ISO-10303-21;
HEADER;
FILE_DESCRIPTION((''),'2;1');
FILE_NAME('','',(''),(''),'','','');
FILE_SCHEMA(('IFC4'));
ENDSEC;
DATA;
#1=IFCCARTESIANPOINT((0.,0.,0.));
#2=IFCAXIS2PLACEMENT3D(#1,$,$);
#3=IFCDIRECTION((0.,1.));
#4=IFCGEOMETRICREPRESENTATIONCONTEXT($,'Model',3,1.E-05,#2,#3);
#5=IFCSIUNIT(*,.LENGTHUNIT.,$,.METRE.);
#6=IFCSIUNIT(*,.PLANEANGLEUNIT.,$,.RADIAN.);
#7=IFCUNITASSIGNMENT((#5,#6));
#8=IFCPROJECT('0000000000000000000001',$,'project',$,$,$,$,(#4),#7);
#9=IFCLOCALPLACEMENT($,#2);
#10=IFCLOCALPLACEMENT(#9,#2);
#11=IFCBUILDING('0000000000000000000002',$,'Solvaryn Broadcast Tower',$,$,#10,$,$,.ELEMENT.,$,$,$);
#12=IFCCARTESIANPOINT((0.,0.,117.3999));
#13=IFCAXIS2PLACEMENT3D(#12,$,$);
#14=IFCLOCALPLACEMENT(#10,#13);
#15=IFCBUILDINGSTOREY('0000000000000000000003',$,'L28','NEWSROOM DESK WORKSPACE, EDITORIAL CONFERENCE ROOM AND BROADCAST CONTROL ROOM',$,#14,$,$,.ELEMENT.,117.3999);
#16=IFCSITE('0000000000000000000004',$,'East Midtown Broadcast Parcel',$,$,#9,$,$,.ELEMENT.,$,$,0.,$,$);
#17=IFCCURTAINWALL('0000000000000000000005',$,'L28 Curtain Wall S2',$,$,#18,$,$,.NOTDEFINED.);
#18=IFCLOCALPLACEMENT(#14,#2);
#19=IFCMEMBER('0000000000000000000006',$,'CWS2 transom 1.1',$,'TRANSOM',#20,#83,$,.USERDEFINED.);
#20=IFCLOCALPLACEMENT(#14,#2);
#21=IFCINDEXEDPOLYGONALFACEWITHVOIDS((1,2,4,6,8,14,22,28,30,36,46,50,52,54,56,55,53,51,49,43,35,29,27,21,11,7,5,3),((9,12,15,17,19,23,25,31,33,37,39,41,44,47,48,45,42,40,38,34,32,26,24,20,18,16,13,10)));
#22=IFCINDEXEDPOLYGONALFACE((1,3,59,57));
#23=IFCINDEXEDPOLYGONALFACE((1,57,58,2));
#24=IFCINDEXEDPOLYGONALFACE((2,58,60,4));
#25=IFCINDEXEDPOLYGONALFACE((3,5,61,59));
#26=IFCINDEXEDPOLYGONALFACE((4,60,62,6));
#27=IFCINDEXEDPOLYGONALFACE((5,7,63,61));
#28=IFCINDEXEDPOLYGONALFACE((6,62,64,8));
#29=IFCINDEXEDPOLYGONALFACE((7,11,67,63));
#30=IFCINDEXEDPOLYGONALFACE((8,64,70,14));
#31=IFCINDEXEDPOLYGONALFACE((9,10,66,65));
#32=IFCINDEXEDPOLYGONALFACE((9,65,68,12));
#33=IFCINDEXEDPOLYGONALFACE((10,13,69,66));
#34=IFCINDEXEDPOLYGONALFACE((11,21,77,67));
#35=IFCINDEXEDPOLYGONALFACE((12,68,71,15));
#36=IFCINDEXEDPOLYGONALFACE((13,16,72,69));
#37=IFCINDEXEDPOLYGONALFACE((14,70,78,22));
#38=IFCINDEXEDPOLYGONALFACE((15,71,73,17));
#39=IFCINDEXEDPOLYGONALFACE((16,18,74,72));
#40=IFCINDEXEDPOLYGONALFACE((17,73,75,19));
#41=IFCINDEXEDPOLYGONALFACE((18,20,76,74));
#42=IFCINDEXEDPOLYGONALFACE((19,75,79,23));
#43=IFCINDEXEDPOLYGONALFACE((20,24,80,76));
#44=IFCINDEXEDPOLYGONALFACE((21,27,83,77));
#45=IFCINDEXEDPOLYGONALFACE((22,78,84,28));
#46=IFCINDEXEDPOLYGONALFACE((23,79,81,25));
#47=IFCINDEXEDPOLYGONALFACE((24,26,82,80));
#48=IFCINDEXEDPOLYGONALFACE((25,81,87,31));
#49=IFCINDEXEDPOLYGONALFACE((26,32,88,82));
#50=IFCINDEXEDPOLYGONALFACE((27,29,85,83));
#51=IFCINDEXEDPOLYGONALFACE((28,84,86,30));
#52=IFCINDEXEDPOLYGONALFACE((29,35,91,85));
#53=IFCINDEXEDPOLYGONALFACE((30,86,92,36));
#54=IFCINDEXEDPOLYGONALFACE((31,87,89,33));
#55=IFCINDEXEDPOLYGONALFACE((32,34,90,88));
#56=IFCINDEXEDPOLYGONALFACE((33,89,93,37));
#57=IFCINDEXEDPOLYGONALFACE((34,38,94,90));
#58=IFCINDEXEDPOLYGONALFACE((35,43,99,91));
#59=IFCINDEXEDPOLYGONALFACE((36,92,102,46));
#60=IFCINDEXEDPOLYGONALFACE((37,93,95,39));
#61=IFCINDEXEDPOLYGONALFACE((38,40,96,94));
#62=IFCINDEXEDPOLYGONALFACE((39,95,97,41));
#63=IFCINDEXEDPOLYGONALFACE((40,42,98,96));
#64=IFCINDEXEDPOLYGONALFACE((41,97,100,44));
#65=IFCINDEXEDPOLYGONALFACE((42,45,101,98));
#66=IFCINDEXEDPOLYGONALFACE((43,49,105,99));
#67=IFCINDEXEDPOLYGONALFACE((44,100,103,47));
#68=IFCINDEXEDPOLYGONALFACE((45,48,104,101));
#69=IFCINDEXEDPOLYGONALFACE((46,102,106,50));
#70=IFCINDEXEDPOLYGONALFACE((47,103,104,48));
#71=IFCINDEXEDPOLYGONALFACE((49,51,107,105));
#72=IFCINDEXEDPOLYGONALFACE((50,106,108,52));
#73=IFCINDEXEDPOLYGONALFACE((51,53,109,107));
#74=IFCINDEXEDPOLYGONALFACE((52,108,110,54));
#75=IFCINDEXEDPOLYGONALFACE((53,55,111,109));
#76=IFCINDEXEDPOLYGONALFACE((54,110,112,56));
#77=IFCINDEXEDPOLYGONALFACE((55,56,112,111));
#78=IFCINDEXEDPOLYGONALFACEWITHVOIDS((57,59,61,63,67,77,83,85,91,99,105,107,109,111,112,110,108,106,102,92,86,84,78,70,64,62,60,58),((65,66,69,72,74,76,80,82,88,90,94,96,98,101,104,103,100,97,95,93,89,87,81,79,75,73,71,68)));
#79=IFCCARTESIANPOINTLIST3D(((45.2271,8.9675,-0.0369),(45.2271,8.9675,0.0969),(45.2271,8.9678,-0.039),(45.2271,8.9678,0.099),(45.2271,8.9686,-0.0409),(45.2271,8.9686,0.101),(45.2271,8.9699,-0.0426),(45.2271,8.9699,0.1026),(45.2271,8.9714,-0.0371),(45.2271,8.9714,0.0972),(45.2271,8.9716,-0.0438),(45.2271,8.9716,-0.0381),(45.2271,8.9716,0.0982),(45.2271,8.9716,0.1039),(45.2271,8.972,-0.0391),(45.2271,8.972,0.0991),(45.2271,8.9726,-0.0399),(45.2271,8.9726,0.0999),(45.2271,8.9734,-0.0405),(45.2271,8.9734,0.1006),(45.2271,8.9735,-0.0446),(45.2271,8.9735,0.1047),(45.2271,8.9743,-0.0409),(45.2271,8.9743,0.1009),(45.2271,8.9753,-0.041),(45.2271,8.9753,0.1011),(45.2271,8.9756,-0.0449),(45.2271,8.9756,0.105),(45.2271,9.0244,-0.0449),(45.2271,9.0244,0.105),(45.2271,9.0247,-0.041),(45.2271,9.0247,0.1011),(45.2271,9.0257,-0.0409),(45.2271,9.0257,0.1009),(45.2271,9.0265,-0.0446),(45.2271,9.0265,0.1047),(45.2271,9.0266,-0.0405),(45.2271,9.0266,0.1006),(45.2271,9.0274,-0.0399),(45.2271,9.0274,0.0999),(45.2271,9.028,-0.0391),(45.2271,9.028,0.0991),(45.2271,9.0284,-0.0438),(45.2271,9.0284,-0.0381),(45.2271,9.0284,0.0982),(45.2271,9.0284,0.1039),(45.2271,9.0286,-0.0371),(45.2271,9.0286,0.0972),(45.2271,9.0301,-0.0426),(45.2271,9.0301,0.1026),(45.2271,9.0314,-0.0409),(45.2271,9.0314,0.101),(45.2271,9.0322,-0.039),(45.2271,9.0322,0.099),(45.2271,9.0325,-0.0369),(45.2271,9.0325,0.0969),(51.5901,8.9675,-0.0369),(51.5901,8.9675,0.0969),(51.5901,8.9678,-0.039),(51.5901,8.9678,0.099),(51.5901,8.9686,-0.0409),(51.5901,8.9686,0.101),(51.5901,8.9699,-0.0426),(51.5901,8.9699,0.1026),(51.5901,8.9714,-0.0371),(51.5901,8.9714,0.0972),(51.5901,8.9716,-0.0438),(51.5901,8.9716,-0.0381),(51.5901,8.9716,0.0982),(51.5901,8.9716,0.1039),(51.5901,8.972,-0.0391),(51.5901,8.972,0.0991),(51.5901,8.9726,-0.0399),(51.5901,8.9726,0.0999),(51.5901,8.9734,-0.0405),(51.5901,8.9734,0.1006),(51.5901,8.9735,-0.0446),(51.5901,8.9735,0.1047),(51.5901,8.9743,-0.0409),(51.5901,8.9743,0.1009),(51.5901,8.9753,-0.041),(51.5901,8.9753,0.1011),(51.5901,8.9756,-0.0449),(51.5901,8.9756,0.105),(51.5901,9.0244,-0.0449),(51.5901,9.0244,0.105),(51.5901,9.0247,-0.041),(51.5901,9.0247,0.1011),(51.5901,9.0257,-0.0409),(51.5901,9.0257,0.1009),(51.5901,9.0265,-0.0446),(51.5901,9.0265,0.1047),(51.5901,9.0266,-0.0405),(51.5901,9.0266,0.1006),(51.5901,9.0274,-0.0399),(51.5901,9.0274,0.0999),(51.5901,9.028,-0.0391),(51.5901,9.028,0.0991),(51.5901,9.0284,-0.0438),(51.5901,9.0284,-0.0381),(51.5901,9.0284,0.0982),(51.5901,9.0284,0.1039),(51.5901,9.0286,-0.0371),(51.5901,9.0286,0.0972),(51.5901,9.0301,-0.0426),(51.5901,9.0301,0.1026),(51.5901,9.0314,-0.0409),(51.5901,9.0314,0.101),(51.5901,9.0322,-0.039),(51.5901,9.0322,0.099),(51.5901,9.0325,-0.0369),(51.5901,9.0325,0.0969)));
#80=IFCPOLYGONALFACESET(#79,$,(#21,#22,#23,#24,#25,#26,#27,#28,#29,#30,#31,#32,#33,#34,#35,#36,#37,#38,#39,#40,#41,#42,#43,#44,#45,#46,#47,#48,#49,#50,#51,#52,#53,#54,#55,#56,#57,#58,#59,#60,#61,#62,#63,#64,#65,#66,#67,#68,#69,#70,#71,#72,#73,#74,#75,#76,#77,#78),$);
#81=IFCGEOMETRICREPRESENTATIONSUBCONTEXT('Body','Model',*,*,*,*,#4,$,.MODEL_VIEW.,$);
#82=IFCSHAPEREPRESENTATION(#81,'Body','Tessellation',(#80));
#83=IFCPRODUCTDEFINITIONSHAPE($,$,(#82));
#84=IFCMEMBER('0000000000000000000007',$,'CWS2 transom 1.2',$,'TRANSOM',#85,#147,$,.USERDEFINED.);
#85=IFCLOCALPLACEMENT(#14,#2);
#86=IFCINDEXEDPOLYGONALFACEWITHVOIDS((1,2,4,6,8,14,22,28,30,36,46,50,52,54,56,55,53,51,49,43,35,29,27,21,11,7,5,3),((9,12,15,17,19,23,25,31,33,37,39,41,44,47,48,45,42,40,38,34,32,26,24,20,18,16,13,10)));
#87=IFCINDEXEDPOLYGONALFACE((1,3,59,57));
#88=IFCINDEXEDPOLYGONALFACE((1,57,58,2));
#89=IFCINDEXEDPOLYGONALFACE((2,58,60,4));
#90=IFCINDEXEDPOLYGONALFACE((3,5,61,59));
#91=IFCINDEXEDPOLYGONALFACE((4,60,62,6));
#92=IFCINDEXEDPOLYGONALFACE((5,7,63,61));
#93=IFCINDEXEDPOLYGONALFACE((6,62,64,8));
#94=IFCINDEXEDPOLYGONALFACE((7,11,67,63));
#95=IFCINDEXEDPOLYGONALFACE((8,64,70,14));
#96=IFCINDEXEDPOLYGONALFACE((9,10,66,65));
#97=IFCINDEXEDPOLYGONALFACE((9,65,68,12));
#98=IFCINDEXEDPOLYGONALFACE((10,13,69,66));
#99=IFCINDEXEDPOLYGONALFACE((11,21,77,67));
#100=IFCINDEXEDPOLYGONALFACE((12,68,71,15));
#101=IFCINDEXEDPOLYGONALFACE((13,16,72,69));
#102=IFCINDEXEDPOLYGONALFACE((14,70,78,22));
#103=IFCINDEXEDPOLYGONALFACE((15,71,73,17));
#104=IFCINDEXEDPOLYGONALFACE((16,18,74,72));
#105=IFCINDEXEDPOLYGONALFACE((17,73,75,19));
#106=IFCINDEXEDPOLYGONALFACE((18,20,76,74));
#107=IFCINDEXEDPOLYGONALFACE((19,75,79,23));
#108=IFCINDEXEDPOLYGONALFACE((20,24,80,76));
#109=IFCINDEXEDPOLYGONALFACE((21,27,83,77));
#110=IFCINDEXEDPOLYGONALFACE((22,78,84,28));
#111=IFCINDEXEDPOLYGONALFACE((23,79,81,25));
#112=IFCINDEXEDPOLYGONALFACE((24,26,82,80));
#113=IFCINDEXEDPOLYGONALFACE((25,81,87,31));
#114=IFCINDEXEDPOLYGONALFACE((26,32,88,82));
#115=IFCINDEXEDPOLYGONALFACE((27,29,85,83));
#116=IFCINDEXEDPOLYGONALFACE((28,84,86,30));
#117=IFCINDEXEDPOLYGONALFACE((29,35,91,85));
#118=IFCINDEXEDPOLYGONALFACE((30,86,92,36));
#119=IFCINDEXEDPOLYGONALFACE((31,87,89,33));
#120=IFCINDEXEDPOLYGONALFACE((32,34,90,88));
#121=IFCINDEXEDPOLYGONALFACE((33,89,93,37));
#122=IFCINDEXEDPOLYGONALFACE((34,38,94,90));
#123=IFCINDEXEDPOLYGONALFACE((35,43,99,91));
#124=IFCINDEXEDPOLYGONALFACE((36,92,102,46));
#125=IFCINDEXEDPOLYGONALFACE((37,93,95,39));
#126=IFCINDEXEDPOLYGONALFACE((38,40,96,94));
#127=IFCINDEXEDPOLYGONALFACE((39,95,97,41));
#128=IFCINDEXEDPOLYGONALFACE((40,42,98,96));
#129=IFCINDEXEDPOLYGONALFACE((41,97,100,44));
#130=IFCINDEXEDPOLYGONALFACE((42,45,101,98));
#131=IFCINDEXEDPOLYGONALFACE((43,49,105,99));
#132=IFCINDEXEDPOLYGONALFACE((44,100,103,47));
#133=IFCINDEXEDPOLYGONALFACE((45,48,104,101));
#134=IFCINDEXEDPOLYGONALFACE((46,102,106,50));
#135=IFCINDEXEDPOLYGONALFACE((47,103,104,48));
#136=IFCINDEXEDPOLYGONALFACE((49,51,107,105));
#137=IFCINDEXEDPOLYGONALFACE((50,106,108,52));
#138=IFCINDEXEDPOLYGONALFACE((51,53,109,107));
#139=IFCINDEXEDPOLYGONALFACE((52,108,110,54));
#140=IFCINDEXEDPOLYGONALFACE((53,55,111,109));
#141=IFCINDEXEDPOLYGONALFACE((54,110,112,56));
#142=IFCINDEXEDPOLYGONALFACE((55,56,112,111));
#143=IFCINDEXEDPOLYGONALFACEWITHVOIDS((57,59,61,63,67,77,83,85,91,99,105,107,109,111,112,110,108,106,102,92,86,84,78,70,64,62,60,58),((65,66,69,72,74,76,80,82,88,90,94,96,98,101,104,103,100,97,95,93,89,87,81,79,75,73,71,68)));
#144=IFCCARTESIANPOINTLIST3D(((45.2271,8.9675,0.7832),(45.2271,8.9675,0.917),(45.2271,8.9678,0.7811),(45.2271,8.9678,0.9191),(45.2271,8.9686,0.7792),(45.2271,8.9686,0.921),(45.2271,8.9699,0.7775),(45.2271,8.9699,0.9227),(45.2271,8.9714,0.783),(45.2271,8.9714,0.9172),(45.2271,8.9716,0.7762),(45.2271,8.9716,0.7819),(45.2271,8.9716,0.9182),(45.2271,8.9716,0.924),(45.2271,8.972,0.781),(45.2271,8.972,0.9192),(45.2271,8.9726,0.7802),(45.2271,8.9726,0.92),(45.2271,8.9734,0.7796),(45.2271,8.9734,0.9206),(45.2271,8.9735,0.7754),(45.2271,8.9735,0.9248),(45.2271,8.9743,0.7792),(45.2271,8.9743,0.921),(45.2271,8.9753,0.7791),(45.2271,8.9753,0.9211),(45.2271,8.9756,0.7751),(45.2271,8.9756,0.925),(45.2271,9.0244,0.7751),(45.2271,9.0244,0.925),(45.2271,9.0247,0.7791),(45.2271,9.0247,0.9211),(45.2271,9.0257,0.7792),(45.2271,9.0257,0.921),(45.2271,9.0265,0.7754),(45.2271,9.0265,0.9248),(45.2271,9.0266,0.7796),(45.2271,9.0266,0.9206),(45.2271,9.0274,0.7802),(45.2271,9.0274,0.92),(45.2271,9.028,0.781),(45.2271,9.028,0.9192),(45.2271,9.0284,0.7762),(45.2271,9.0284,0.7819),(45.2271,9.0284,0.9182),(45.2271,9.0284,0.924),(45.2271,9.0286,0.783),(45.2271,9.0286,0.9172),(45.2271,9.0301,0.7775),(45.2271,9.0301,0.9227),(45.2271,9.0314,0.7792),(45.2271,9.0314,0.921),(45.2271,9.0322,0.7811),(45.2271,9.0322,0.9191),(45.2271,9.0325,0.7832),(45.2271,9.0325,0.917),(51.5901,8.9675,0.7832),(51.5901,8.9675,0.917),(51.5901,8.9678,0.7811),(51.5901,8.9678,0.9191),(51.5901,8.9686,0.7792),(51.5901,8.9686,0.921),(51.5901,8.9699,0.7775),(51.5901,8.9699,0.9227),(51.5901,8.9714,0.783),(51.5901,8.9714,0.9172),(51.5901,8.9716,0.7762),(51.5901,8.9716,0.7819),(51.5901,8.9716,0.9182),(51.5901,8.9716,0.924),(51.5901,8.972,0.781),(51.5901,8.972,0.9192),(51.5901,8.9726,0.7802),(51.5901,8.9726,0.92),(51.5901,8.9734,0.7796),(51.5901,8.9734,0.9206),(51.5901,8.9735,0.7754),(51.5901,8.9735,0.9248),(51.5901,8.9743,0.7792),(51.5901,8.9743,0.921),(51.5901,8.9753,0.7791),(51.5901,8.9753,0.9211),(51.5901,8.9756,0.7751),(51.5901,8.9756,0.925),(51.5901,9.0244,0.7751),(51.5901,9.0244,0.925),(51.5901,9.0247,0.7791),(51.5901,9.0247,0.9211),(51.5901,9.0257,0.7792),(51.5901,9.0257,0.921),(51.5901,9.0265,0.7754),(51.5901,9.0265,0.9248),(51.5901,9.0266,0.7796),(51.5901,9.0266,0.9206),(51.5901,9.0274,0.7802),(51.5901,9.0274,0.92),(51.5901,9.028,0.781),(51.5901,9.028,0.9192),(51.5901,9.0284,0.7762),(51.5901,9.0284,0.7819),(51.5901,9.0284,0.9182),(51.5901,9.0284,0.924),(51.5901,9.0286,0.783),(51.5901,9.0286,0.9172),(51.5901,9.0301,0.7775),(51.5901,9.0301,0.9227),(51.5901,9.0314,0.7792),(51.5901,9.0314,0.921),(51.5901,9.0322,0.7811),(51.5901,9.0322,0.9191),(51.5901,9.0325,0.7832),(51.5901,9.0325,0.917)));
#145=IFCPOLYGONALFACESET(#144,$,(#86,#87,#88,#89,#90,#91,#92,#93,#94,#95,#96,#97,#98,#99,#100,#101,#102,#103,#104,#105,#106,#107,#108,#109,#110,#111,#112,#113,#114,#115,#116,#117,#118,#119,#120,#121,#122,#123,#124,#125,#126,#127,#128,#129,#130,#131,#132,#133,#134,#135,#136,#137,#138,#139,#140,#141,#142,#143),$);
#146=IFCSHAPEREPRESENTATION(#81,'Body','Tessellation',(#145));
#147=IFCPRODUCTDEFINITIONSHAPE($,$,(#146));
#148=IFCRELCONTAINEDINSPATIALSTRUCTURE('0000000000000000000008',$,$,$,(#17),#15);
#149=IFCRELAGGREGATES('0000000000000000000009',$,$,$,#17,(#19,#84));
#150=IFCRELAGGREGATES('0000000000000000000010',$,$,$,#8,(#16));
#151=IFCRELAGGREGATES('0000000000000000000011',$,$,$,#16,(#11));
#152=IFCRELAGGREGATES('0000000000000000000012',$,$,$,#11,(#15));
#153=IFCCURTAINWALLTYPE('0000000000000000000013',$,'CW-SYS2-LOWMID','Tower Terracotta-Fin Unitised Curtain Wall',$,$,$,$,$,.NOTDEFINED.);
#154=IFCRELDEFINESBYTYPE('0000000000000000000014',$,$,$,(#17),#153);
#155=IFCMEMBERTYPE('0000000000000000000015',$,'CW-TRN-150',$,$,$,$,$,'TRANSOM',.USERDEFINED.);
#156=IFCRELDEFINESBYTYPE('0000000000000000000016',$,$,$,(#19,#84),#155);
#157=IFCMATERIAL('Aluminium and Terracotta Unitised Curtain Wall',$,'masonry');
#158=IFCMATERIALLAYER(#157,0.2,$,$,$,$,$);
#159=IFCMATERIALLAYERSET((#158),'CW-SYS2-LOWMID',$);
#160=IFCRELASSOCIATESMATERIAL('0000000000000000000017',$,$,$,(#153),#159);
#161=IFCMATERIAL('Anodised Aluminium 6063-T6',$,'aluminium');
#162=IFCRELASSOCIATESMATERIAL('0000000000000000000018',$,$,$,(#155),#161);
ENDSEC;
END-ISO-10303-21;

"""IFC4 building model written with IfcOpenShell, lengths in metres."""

from ifc_helpers import new_model, si_unit, direction, frame, origin, origin_2d, place, context, subcontext, project, spatial, hollow_rectangle, extrude, material, layer, layer_set, material_profile, profile_set, type_object, element, aggregate, save


model = new_model("IFC4")

# Units and contexts
model_context = context("Model", 3, precision=1e-05, world=origin(), true_north=direction((0.0, 1.0)))
body_context = subcontext(model_context, "Body", "Model", "MODEL_VIEW")
ifc_project = project(units=[si_unit("LENGTHUNIT", "METRE"), si_unit("PLANEANGLEUNIT", "RADIAN")], contexts=[model_context])

# Site, building, storey
site_placement = place(None, origin())
site = spatial("IfcSite", under=ifc_project, at=site_placement, Name="East Midtown Broadcast Parcel", CompositionType="ELEMENT", RefElevation=0.0)
building_placement = place(site_placement, origin())
building = spatial("IfcBuilding", under=site, at=building_placement, Name="Solvaryn Broadcast Tower", CompositionType="ELEMENT")
storey_placement = place(building_placement, frame((0.0, 0.0, 117.3999)))
storey = spatial("IfcBuildingStorey", under=building, at=storey_placement, Name="L28", Description="NEWSROOM DESK WORKSPACE, EDITORIAL CONFERENCE ROOM AND BROADCAST CONTROL ROOM", CompositionType="ELEMENT", Elevation=117.3999)

# Curtain wall
ifc_material_1 = material(Name="Aluminium and Terracotta Unitised Curtain Wall", Category="masonry")
ifc_layer_1 = layer(ifc_material_1, 0.2)
ifc_layer_set_1 = layer_set([ifc_layer_1], Name="CW-SYS2-LOWMID")
curtain_wall_type = type_object("IfcCurtainWallType", Name="CW-SYS2-LOWMID", Description="Tower Terracotta-Fin Unitised Curtain Wall", PredefinedType="NOTDEFINED", material=ifc_layer_set_1)
curtain_wall_1_placement = place(storey_placement, origin())
curtain_wall_1 = element("IfcCurtainWall", 1, at=curtain_wall_1_placement, inside=storey, type_object=curtain_wall_type, Name="L28 Curtain Wall S2", PredefinedType="NOTDEFINED")

# Members
ifc_material_2 = material(Name="Anodised Aluminium 6063-T6", Category="aluminium")
ifc_material_profile_1 = material_profile(ifc_material_2, hollow_rectangle(XDim=0.0649, YDim=0.1499, WallThickness=0.0039, InnerFilletRadius=0.0039, OuterFilletRadius=0.0081, at=origin_2d()))
ifc_profile_set_1 = profile_set([ifc_material_profile_1], Name="Anodised Aluminium 6063-T6")
member_type_1 = type_object("IfcMemberType", Name="CW-TRN-150", ElementType="TRANSOM", PredefinedType="USERDEFINED", material=ifc_profile_set_1)
member_1_placement = place(storey_placement, frame((45.2271, 9.0, 0.03), z_axis=(1.0, 0.0, 0.0), x_axis=(0.0, 1.0, 0.0)))
member_1 = element("IfcMember", 2, at=member_1_placement, type_object=member_type_1, Name="CWS2 transom 1.1", ObjectType="TRANSOM", PredefinedType="USERDEFINED", context=body_context, shape_type="SweptSolid", body=[
    extrude(hollow_rectangle(XDim=0.0649, YDim=0.1499, WallThickness=0.0039, InnerFilletRadius=0.0039, OuterFilletRadius=0.0081, at=origin_2d()), origin(), (0.0, 0.0, 1.0), 6.363),
])
member_2_placement = place(storey_placement, frame((45.2271, 9.0, 0.8501), z_axis=(1.0, 0.0, 0.0), x_axis=(0.0, 1.0, 0.0)))
member_2 = element("IfcMember", 3, at=member_2_placement, type_object=member_type_1, Name="CWS2 transom 1.2", ObjectType="TRANSOM", PredefinedType="USERDEFINED", context=body_context, shape_type="SweptSolid", body=[
    extrude(hollow_rectangle(XDim=0.0649, YDim=0.1499, WallThickness=0.0039, InnerFilletRadius=0.0039, OuterFilletRadius=0.0081, at=origin_2d()), origin(), (0.0, 0.0, 1.0), 6.363),
])

aggregate(curtain_wall_1, [member_1, member_2])

save(model, "model.ifc")
